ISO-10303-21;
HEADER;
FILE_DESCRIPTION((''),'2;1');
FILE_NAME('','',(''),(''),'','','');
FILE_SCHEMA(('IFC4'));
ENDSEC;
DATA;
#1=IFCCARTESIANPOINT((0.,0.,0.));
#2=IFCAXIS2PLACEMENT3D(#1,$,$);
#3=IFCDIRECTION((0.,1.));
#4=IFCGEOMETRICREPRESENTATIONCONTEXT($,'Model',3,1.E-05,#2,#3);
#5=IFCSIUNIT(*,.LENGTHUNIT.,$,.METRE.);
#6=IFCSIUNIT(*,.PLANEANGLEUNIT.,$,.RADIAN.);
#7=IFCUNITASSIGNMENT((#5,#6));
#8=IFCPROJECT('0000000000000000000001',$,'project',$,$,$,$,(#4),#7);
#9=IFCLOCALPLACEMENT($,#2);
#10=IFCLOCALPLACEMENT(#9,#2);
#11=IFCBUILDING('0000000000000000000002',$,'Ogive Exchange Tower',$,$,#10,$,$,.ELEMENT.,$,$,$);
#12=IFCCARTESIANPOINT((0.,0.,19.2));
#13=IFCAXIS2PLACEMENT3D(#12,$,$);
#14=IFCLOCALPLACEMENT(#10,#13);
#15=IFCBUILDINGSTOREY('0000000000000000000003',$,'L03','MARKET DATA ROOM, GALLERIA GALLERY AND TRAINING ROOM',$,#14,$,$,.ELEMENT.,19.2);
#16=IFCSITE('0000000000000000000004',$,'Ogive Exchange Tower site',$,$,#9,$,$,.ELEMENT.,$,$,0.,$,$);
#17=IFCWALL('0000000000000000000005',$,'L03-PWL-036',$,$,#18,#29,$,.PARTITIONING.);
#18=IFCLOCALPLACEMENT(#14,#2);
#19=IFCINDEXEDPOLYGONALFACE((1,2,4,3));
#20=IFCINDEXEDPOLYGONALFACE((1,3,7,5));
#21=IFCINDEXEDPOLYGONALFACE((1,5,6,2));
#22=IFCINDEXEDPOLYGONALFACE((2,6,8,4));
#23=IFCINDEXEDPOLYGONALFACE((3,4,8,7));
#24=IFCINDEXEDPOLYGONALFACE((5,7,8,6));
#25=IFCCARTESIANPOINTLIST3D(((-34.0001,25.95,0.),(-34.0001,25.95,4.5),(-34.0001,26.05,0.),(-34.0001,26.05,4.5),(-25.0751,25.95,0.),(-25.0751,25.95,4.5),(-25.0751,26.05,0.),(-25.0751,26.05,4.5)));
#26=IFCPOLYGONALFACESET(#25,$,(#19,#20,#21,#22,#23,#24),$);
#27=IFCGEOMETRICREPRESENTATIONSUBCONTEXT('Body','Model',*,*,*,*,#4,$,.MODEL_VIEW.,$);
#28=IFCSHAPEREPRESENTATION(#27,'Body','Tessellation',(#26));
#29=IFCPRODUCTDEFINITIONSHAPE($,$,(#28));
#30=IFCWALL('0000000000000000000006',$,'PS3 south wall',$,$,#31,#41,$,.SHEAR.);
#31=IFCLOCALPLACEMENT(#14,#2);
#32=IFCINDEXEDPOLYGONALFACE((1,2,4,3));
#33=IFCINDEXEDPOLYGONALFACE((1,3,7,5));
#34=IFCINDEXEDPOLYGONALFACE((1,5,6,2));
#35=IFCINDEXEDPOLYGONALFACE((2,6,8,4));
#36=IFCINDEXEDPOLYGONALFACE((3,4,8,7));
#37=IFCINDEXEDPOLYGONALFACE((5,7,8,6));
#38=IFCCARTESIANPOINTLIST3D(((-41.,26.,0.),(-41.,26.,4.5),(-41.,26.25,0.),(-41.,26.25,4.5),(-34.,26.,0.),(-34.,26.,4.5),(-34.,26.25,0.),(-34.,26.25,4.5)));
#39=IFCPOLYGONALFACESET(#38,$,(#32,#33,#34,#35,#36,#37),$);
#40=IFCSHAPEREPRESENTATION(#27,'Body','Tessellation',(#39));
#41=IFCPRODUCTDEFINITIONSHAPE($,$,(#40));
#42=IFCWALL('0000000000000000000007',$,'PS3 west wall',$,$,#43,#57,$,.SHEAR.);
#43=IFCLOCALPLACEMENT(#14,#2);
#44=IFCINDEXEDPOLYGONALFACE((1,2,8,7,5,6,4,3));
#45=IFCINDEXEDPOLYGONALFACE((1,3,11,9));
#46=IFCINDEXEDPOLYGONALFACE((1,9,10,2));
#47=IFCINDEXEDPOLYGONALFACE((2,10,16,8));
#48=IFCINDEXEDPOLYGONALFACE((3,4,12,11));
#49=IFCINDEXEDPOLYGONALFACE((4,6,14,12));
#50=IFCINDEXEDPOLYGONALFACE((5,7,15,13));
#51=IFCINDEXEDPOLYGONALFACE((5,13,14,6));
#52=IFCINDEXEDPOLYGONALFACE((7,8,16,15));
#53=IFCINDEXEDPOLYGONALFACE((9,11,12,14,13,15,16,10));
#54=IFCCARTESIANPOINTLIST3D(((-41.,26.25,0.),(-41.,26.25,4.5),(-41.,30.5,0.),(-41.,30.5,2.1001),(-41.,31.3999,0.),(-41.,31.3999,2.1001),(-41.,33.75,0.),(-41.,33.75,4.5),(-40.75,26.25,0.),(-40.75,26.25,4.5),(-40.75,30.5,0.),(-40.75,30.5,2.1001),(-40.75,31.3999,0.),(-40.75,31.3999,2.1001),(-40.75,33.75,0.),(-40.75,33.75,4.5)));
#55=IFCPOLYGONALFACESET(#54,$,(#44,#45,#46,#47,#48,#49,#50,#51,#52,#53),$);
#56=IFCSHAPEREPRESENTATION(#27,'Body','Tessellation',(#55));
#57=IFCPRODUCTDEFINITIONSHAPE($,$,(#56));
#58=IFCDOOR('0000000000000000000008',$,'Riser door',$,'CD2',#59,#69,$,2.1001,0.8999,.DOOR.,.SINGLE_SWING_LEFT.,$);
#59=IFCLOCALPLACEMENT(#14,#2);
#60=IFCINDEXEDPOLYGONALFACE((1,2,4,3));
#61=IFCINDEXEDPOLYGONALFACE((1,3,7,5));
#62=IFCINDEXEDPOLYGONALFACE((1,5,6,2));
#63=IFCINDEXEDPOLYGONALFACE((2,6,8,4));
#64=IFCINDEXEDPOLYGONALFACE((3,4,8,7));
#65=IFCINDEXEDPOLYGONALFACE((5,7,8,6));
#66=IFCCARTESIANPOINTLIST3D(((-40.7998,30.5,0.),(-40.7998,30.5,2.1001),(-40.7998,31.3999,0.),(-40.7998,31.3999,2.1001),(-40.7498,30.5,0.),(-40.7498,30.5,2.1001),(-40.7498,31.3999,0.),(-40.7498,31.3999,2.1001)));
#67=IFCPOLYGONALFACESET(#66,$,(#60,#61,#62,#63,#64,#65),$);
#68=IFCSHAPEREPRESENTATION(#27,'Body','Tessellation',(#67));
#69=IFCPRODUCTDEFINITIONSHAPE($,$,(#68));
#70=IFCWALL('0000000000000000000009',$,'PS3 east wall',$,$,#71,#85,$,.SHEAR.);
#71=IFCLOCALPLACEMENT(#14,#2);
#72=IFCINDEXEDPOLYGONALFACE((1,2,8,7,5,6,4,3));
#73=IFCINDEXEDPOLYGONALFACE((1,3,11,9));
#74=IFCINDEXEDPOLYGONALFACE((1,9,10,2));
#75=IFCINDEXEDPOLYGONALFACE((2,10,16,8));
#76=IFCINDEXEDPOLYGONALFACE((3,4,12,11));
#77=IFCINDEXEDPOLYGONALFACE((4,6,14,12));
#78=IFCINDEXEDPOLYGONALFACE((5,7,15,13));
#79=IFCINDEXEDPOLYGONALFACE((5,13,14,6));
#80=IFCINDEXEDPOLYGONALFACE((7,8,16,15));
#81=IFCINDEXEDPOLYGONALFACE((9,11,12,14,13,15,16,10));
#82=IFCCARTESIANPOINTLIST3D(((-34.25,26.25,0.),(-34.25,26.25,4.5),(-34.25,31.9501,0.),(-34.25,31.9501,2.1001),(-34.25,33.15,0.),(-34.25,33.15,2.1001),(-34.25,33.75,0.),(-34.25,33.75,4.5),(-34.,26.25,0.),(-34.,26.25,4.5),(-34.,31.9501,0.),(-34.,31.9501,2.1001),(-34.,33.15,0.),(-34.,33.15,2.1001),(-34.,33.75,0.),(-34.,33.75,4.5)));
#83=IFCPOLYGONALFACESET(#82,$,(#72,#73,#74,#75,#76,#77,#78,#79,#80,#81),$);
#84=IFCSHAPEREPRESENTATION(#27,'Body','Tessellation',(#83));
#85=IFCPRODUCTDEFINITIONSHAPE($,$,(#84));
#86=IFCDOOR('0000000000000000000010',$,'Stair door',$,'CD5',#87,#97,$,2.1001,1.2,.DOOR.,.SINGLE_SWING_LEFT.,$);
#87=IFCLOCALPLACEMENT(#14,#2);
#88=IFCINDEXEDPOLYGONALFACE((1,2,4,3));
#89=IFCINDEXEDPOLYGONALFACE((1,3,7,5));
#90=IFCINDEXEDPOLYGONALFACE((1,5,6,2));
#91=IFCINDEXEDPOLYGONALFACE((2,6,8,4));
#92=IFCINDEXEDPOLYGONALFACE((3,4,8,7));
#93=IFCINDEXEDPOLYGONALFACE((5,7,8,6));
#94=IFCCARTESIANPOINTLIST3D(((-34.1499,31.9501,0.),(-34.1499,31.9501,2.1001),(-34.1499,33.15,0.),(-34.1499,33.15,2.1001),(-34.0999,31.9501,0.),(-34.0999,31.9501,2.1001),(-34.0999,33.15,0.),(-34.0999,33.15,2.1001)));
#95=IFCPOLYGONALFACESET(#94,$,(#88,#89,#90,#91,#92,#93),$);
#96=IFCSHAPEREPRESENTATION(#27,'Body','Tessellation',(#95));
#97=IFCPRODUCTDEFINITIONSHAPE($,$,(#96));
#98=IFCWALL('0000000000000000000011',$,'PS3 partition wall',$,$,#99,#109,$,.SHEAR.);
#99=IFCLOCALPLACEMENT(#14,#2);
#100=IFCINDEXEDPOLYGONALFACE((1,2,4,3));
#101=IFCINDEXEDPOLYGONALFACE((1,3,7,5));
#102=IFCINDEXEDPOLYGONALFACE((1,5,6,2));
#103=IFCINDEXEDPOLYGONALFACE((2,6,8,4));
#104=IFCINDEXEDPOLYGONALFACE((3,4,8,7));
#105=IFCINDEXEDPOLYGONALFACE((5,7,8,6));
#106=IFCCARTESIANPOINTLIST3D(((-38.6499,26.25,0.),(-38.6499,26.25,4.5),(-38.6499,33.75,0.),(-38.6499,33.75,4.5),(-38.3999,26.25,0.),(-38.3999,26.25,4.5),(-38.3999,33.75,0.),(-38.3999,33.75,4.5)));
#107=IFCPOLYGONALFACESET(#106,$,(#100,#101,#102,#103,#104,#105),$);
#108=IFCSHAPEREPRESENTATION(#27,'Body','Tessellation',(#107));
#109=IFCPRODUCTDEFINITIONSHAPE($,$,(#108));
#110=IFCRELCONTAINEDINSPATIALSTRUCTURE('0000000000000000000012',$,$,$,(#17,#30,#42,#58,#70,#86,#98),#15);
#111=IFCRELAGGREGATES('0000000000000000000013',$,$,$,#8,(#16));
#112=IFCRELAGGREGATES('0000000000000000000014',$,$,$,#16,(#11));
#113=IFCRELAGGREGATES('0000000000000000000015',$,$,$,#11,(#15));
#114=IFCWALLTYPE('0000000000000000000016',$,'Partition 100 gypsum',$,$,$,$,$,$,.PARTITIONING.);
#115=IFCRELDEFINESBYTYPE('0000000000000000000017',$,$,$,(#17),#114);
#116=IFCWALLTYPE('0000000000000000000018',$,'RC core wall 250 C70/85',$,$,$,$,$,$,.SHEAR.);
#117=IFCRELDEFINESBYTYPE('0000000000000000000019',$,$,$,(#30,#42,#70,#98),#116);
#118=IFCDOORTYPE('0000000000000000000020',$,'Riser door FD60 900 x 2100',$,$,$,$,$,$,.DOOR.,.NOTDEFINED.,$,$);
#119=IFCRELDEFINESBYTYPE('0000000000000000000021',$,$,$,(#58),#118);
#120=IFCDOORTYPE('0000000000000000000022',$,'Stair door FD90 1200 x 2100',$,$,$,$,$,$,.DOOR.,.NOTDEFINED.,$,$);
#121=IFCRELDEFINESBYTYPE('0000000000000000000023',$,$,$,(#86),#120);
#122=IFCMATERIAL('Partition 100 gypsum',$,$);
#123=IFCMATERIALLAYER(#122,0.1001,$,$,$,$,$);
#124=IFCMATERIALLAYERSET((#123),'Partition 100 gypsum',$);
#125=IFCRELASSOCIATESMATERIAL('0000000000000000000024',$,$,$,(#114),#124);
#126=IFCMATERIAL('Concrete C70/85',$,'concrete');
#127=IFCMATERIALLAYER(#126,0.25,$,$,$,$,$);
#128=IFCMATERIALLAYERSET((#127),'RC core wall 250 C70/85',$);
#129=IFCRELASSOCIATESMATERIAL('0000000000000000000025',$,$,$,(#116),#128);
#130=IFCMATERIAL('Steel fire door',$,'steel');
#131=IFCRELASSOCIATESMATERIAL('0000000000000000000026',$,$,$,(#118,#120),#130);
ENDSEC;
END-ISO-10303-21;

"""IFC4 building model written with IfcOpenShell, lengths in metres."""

from ifc_helpers import new_model, si_unit, direction, frame, frame_2d, origin, place, context, subcontext, project, spatial, rectangle, extrude, material, layer, layer_set, type_object, element, fill, save


model = new_model("IFC4")

# Units and contexts
model_context = context("Model", 3, precision=1e-05, world=origin(), true_north=direction((0.0, 1.0)))
body_context = subcontext(model_context, "Body", "Model", "MODEL_VIEW")
ifc_project = project(units=[si_unit("LENGTHUNIT", "METRE"), si_unit("PLANEANGLEUNIT", "RADIAN")], contexts=[model_context])

# Site, building, storey
site_placement = place(None, origin())
site = spatial("IfcSite", under=ifc_project, at=site_placement, Name="Ogive Exchange Tower site", CompositionType="ELEMENT", RefElevation=0.0)
building_placement = place(site_placement, origin())
building = spatial("IfcBuilding", under=site, at=building_placement, Name="Ogive Exchange Tower", CompositionType="ELEMENT")
storey_placement = place(building_placement, frame((0.0, 0.0, 19.2)))
storey = spatial("IfcBuildingStorey", under=building, at=storey_placement, Name="L03", Description="MARKET DATA ROOM, GALLERIA GALLERY AND TRAINING ROOM", CompositionType="ELEMENT", Elevation=19.2)

# Shared definitions
ifc_material_1 = material(Name="Concrete C70/85", Category="concrete")

# Walls
ifc_material_2 = material(Name="Partition 100 gypsum")
ifc_layer_1 = layer(ifc_material_2, 0.1001)
ifc_layer_set_1 = layer_set([ifc_layer_1], Name="Partition 100 gypsum")
wall_type_1 = type_object("IfcWallType", Name="Partition 100 gypsum", PredefinedType="PARTITIONING", material=ifc_layer_set_1)
wall_1_placement = place(storey_placement, frame((-34.0, 26.0, 0.0), z_axis=(0.0, 0.0, 1.0), x_axis=(1.0, 0.0, 0.0)))
element("IfcWall", 1, at=wall_1_placement, inside=storey, type_object=wall_type_1, Name="L03-PWL-036", PredefinedType="PARTITIONING", context=body_context, shape_type="SweptSolid", body=[
    extrude(rectangle(XDim=8.925, YDim=0.1001, at=frame_2d((4.4624, 0.0))), origin(), (0.0, 0.0, 1.0), 4.5),
])
ifc_layer_2 = layer(ifc_material_1, 0.25)
ifc_layer_set_2 = layer_set([ifc_layer_2], Name="RC core wall 250 C70/85")
wall_type_2 = type_object("IfcWallType", Name="RC core wall 250 C70/85", PredefinedType="SHEAR", material=ifc_layer_set_2)
wall_2_placement = place(storey_placement, frame((-41.0, 26.125, 0.0), z_axis=(0.0, 0.0, 1.0), x_axis=(1.0, 0.0, 0.0)))
element("IfcWall", 2, at=wall_2_placement, inside=storey, type_object=wall_type_2, Name="PS3 south wall", PredefinedType="SHEAR", context=body_context, shape_type="SweptSolid", body=[
    extrude(rectangle(XDim=7.0, YDim=0.25, at=frame_2d((3.5, 0.0))), origin(), (0.0, 0.0, 1.0), 4.5),
])

# Walls, openings, doors
wall_3_placement = place(storey_placement, frame((-40.875, 26.25, 0.0), z_axis=(0.0, 0.0, 1.0), x_axis=(0.0, 1.0, 0.0)))
wall_3 = element("IfcWall", 3, at=wall_3_placement, inside=storey, type_object=wall_type_2, Name="PS3 west wall", PredefinedType="SHEAR", context=body_context, shape_type="SweptSolid", body=[
    extrude(rectangle(XDim=7.5, YDim=0.25, at=frame_2d((3.75, 0.0))), origin(), (0.0, 0.0, 1.0), 4.5),
])
opening_1_placement = place(wall_3_placement, frame((4.25, 0.0, 0.0)))
opening_1 = element("IfcOpeningElement", 4, at=opening_1_placement, cuts=wall_3, PredefinedType="OPENING", context=body_context, shape_type="SweptSolid", body=[
    extrude(rectangle(XDim=0.8999, YDim=2.1001, at=frame_2d((0.45, 1.05))), frame((0.0, 0.135, 0.0), z_axis=(0.0, -1.0, 0.0), x_axis=(1.0, 0.0, 0.0)), (0.0, 0.0, 1.0), 0.27),
])
ifc_material_3 = material(Name="Steel fire door", Category="steel")
door_type_1 = type_object("IfcDoorType", Name="Riser door FD60 900 x 2100", OperationType="NOTDEFINED", PredefinedType="DOOR", material=ifc_material_3)
door_1_placement = place(opening_1_placement, origin())
door_1 = element("IfcDoor", 5, at=door_1_placement, inside=storey, type_object=door_type_1, Name="Riser door", ObjectType="CD2", OperationType="SINGLE_SWING_LEFT", OverallHeight=2.1001, OverallWidth=0.8999, PredefinedType="DOOR", context=body_context, shape_type="SweptSolid", body=[
    extrude(rectangle(XDim=0.8999, YDim=2.1001, at=frame_2d((0.45, 1.05))), frame((0.0, -0.0752, 0.0), z_axis=(0.0, -1.0, 0.0), x_axis=(1.0, 0.0, 0.0)), (0.0, 0.0, 1.0), 0.05),
])
fill(opening_1, door_1)
wall_4_placement = place(storey_placement, frame((-34.125, 26.25, 0.0), z_axis=(0.0, 0.0, 1.0), x_axis=(0.0, 1.0, 0.0)))
wall_4 = element("IfcWall", 6, at=wall_4_placement, inside=storey, type_object=wall_type_2, Name="PS3 east wall", PredefinedType="SHEAR", context=body_context, shape_type="SweptSolid", body=[
    extrude(rectangle(XDim=7.5, YDim=0.25, at=frame_2d((3.75, 0.0))), origin(), (0.0, 0.0, 1.0), 4.5),
])
opening_2_placement = place(wall_4_placement, frame((5.7, 0.0, 0.0)))
opening_2 = element("IfcOpeningElement", 7, at=opening_2_placement, cuts=wall_4, PredefinedType="OPENING", context=body_context, shape_type="SweptSolid", body=[
    extrude(rectangle(XDim=1.2, YDim=2.1001, at=frame_2d((0.6001, 1.05))), frame((0.0, 0.135, 0.0), z_axis=(0.0, -1.0, 0.0), x_axis=(1.0, 0.0, 0.0)), (0.0, 0.0, 1.0), 0.27),
])
door_type_2 = type_object("IfcDoorType", Name="Stair door FD90 1200 x 2100", OperationType="NOTDEFINED", PredefinedType="DOOR", material=ifc_material_3)
door_2_placement = place(opening_2_placement, origin())
door_2 = element("IfcDoor", 8, at=door_2_placement, inside=storey, type_object=door_type_2, Name="Stair door", ObjectType="CD5", OperationType="SINGLE_SWING_LEFT", OverallHeight=2.1001, OverallWidth=1.2, PredefinedType="DOOR", context=body_context, shape_type="SweptSolid", body=[
    extrude(rectangle(XDim=1.2, YDim=2.1001, at=frame_2d((0.6001, 1.05))), frame((0.0, 0.0249, 0.0), z_axis=(0.0, -1.0, 0.0), x_axis=(1.0, 0.0, 0.0)), (0.0, 0.0, 1.0), 0.05),
])
fill(opening_2, door_2)

# Wall
wall_5_placement = place(storey_placement, frame((-38.5249, 26.25, 0.0), z_axis=(0.0, 0.0, 1.0), x_axis=(0.0, 1.0, 0.0)))
element("IfcWall", 9, at=wall_5_placement, inside=storey, type_object=wall_type_2, Name="PS3 partition wall", PredefinedType="SHEAR", context=body_context, shape_type="SweptSolid", body=[
    extrude(rectangle(XDim=7.5, YDim=0.25, at=frame_2d((3.75, 0.0))), origin(), (0.0, 0.0, 1.0), 4.5),
])

save(model, "model.ifc")
